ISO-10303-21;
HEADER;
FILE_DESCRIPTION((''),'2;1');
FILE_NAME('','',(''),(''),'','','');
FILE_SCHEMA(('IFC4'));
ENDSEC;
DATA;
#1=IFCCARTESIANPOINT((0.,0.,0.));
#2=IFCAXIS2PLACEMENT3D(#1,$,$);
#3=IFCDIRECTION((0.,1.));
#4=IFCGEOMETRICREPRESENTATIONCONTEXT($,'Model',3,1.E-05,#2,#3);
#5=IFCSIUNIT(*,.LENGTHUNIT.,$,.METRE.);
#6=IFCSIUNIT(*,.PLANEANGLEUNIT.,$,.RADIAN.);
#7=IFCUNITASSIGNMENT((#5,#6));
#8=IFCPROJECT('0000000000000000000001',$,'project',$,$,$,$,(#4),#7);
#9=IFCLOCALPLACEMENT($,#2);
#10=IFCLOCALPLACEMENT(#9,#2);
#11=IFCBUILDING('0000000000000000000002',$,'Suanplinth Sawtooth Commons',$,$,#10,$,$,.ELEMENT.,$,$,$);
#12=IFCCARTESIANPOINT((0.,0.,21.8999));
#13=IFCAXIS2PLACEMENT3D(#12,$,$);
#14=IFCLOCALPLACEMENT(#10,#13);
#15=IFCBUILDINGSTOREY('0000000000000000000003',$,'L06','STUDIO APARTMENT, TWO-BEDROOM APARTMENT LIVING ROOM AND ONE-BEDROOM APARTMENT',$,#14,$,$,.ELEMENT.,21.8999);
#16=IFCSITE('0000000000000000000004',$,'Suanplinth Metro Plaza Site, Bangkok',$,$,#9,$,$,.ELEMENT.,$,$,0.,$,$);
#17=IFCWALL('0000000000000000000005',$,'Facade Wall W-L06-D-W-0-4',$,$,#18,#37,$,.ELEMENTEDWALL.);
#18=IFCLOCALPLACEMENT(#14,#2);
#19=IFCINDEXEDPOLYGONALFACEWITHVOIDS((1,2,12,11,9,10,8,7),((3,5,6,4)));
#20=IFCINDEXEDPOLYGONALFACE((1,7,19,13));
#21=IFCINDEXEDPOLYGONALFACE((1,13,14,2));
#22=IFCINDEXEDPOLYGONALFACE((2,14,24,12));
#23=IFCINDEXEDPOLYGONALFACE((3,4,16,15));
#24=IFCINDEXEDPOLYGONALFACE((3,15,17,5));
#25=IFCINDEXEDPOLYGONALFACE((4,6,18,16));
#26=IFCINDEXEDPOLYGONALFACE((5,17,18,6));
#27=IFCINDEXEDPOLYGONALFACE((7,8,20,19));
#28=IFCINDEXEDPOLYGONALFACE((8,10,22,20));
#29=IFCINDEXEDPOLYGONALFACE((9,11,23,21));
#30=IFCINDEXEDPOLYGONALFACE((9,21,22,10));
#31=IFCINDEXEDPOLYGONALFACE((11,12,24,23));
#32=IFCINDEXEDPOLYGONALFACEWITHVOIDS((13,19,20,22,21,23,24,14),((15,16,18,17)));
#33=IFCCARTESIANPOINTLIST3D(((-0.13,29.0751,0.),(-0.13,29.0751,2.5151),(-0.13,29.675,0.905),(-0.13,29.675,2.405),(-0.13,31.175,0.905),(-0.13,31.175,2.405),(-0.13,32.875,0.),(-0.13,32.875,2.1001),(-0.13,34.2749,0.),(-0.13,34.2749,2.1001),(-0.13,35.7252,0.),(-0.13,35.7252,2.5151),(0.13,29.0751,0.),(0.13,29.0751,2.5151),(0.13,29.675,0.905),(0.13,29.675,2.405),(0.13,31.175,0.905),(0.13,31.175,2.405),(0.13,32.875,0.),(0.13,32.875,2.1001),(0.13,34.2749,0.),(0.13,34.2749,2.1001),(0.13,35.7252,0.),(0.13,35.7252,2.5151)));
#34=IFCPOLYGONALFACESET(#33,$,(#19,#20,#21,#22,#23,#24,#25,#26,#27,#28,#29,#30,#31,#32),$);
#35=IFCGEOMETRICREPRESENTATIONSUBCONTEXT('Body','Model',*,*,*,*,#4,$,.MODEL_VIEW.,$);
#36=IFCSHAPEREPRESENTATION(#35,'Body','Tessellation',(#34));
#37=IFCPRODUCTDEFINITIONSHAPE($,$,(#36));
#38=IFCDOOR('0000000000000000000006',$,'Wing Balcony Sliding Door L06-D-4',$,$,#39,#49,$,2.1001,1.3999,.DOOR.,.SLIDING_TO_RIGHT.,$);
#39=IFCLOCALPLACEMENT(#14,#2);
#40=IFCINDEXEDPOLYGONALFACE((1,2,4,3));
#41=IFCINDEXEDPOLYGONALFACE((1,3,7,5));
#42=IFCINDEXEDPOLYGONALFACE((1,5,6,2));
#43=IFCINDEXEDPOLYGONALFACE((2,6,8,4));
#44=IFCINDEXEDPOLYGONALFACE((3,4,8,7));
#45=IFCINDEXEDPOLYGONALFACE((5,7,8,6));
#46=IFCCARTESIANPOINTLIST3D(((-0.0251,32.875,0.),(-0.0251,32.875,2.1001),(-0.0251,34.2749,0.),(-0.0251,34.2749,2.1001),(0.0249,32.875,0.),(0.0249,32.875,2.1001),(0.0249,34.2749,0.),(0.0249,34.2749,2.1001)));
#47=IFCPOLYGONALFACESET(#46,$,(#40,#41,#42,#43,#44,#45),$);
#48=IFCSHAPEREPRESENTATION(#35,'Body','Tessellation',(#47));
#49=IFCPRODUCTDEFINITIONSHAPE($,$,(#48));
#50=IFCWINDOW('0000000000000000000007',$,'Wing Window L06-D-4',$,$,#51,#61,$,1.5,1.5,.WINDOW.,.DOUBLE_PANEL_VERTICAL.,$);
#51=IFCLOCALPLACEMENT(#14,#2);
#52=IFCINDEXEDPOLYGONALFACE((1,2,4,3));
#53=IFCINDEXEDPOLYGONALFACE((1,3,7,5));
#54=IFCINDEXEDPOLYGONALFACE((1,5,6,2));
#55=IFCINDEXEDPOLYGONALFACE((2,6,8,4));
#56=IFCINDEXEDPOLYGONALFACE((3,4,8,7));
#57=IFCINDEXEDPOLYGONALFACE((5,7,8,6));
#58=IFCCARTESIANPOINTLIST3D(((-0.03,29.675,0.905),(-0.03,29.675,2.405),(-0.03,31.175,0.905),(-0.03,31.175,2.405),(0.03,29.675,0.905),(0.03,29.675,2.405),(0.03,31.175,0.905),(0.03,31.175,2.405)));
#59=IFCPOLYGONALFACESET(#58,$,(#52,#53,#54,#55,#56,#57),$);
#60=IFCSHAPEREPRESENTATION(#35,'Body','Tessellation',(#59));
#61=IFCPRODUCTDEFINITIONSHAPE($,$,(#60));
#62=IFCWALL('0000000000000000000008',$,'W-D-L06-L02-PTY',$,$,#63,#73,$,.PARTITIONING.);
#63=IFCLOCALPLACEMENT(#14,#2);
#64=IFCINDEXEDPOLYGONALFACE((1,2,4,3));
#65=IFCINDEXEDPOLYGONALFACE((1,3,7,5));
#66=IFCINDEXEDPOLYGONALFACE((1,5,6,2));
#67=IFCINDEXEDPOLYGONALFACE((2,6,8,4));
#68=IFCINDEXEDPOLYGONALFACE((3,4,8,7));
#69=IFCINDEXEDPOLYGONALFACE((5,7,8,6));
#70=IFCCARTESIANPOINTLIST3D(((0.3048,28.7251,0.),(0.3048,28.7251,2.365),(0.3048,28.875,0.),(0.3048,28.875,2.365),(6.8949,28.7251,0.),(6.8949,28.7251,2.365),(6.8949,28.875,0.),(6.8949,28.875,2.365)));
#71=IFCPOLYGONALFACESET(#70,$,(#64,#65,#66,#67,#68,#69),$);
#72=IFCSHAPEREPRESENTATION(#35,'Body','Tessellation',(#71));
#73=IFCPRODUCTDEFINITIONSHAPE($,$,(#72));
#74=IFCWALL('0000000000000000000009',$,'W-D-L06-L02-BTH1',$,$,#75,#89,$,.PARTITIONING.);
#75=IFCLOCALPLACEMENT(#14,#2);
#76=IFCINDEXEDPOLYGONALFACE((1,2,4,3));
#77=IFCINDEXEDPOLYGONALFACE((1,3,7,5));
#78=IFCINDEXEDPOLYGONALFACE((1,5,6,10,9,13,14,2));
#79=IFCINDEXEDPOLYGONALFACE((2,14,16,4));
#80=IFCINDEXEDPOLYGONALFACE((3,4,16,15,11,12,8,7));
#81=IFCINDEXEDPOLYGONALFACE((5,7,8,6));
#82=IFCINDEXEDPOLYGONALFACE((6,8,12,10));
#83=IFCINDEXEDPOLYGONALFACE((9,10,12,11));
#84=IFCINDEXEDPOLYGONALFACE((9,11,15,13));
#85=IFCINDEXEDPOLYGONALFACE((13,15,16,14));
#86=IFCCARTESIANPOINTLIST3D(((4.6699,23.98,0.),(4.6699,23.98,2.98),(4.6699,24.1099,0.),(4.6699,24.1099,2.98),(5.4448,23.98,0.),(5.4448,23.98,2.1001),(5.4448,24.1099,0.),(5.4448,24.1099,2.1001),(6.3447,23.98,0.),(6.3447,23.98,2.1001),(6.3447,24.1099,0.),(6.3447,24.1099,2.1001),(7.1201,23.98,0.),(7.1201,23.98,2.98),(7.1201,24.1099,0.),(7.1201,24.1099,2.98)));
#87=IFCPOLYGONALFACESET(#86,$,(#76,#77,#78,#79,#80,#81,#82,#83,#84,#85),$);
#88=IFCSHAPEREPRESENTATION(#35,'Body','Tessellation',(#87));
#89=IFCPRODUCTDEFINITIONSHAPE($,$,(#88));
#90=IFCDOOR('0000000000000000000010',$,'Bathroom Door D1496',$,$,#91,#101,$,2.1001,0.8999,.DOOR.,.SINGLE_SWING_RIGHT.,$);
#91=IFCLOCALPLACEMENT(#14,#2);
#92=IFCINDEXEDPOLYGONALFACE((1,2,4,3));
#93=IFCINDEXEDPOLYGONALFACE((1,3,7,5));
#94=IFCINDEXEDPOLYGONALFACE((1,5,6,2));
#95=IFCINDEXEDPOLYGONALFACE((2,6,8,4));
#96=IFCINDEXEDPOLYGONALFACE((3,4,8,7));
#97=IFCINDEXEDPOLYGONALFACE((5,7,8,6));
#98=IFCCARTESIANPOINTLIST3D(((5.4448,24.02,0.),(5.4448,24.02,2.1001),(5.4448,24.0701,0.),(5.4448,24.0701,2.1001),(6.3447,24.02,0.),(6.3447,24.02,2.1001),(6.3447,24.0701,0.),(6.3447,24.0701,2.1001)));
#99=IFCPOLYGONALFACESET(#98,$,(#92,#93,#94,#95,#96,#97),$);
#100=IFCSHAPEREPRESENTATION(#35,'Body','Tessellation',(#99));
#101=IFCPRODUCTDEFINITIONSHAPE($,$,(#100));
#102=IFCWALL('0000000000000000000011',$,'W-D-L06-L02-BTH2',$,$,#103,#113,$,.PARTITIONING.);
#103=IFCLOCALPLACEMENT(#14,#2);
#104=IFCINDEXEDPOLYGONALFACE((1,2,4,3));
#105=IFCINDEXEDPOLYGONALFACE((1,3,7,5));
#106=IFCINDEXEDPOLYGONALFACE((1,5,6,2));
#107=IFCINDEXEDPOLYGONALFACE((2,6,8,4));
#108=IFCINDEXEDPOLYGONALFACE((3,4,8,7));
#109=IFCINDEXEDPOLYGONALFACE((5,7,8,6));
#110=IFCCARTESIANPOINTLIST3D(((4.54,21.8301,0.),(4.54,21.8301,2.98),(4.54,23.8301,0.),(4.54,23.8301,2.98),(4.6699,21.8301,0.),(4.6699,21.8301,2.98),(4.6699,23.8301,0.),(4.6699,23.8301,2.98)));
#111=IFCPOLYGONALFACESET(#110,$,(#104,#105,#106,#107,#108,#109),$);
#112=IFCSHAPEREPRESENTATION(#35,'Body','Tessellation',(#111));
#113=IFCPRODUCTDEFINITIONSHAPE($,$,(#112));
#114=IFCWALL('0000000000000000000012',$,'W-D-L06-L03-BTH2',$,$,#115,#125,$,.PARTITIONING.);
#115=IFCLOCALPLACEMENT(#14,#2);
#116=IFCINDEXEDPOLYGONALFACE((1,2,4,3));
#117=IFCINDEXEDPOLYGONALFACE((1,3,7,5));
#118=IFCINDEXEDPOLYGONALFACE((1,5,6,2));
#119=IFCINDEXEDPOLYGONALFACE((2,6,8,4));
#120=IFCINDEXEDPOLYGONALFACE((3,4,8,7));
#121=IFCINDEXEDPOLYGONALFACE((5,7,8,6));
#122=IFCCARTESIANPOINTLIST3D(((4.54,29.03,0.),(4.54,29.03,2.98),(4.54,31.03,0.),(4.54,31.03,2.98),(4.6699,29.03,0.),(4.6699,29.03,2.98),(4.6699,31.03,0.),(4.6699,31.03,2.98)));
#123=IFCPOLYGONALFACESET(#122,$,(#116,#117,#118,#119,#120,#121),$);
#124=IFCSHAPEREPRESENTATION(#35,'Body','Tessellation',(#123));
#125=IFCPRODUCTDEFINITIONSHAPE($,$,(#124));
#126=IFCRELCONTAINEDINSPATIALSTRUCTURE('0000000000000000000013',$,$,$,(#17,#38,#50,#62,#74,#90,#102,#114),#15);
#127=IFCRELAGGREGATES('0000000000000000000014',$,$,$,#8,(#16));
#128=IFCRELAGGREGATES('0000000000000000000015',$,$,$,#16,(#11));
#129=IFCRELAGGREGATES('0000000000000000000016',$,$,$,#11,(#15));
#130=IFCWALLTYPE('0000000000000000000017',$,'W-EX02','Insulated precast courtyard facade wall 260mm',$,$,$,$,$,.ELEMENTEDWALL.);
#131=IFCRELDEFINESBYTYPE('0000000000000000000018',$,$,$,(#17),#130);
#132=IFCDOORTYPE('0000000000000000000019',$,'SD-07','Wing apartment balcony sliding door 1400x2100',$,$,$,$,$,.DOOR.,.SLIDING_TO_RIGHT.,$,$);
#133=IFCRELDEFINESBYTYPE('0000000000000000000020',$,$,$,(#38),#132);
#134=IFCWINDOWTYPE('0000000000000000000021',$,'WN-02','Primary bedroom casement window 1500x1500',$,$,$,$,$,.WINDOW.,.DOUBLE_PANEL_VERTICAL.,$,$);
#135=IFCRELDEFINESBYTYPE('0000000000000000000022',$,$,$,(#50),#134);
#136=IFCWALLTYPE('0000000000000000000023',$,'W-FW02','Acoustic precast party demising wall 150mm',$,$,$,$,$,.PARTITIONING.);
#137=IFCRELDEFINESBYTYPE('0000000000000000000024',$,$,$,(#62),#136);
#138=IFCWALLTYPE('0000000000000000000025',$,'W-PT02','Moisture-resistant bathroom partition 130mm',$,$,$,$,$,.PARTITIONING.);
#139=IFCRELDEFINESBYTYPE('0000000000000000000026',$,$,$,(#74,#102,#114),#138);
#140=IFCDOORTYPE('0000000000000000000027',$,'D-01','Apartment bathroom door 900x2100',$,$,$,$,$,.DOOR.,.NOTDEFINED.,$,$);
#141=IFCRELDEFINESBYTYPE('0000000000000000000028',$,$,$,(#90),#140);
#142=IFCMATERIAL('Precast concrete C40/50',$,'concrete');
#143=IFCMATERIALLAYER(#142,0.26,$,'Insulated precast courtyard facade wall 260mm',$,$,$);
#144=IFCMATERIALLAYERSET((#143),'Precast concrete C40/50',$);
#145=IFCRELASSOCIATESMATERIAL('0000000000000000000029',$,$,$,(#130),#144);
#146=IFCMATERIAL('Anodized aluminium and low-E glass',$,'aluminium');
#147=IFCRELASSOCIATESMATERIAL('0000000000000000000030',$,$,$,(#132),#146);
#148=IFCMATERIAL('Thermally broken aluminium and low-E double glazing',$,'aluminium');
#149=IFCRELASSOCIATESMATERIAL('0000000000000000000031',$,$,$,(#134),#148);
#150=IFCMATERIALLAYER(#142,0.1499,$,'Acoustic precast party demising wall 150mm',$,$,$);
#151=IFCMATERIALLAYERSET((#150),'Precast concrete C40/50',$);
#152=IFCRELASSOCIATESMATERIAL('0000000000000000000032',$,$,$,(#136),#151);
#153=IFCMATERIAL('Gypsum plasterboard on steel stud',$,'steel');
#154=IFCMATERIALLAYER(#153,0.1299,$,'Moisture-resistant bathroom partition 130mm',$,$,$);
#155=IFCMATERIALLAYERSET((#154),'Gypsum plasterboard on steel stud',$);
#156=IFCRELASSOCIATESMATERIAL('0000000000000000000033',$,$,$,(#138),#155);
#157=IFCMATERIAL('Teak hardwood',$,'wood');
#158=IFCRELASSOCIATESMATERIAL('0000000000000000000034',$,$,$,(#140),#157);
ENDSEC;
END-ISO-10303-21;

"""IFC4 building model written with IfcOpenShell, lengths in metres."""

from ifc_helpers import new_model, si_unit, direction, frame, frame_2d, origin, place, context, subcontext, project, spatial, rectangle, extrude, material, layer, layer_set, type_object, element, fill, save


model = new_model("IFC4")

# Units and contexts
model_context = context("Model", 3, precision=1e-05, world=origin(), true_north=direction((0.0, 1.0)))
body_context = subcontext(model_context, "Body", "Model", "MODEL_VIEW")
ifc_project = project(units=[si_unit("LENGTHUNIT", "METRE"), si_unit("PLANEANGLEUNIT", "RADIAN")], contexts=[model_context])

# Site, building, storey
site_placement = place(None, origin())
site = spatial("IfcSite", under=ifc_project, at=site_placement, Name="Suanplinth Metro Plaza Site, Bangkok", CompositionType="ELEMENT", RefElevation=0.0)
building_placement = place(site_placement, origin())
building = spatial("IfcBuilding", under=site, at=building_placement, Name="Suanplinth Sawtooth Commons", CompositionType="ELEMENT")
storey_placement = place(building_placement, frame((0.0, 0.0, 21.8999)))
storey = spatial("IfcBuildingStorey", under=building, at=storey_placement, Name="L06", Description="STUDIO APARTMENT, TWO-BEDROOM APARTMENT LIVING ROOM AND ONE-BEDROOM APARTMENT", CompositionType="ELEMENT", Elevation=21.8999)

# Shared definitions
ifc_material_1 = material(Name="Precast concrete C40/50", Category="concrete")

# Wall, openings, door, window
ifc_layer_1 = layer(ifc_material_1, 0.26, Name="Insulated precast courtyard facade wall 260mm")
ifc_layer_set_1 = layer_set([ifc_layer_1], Name="Precast concrete C40/50")
wall_type_1 = type_object("IfcWallType", Name="W-EX02", Description="Insulated precast courtyard facade wall 260mm", PredefinedType="ELEMENTEDWALL", material=ifc_layer_set_1)
ifc_material_2 = material(Name="Anodized aluminium and low-E glass", Category="aluminium")
door_type_1 = type_object("IfcDoorType", Name="SD-07", Description="Wing apartment balcony sliding door 1400x2100", OperationType="SLIDING_TO_RIGHT", PredefinedType="DOOR", material=ifc_material_2)
ifc_material_3 = material(Name="Thermally broken aluminium and low-E double glazing", Category="aluminium")
window_type = type_object("IfcWindowType", Name="WN-02", Description="Primary bedroom casement window 1500x1500", PartitioningType="DOUBLE_PANEL_VERTICAL", PredefinedType="WINDOW", material=ifc_material_3)
wall_1_placement = place(storey_placement, frame((0.0, 29.075, 0.0), z_axis=(0.0, 0.0, 1.0), x_axis=(0.0, 1.0, 0.0)))
wall_1 = element("IfcWall", 1, at=wall_1_placement, inside=storey, type_object=wall_type_1, Name="Facade Wall W-L06-D-W-0-4", PredefinedType="ELEMENTEDWALL", context=body_context, shape_type="SweptSolid", body=[
    extrude(rectangle(XDim=6.6501, YDim=0.26, at=frame_2d((3.3252, 0.0))), origin(), (0.0, 0.0, 1.0), 2.5151),
])
opening_1_placement = place(wall_1_placement, frame((3.8, 0.0, 0.0)))
opening_1 = element("IfcOpeningElement", 2, at=opening_1_placement, cuts=wall_1, PredefinedType="OPENING", context=body_context, shape_type="SweptSolid", body=[
    extrude(rectangle(XDim=1.3999, YDim=2.1001, at=frame_2d((0.7, 1.05))), frame((0.0, 0.145, 0.0), z_axis=(0.0, -1.0, 0.0), x_axis=(1.0, 0.0, 0.0)), (0.0, 0.0, 1.0), 0.2898),
])
opening_2_placement = place(wall_1_placement, frame((0.6001, 0.0, 0.905)))
opening_2 = element("IfcOpeningElement", 3, at=opening_2_placement, cuts=wall_1, PredefinedType="OPENING", context=body_context, shape_type="SweptSolid", body=[
    extrude(rectangle(XDim=1.5, YDim=1.5, at=frame_2d((0.75, 0.75))), frame((0.0, 0.145, 0.0), z_axis=(0.0, -1.0, 0.0), x_axis=(1.0, 0.0, 0.0)), (0.0, 0.0, 1.0), 0.2898),
])
door_1_placement = place(opening_1_placement, frame((1.3999, 0.0, 0.0), z_axis=(0.0, 0.0, 1.0), x_axis=(-1.0, 0.0, 0.0)))
door_1 = element("IfcDoor", 4, at=door_1_placement, inside=storey, type_object=door_type_1, Name="Wing Balcony Sliding Door L06-D-4", OperationType="SLIDING_TO_RIGHT", OverallHeight=2.1001, OverallWidth=1.3999, PredefinedType="DOOR", context=body_context, shape_type="SweptSolid", body=[
    extrude(rectangle(XDim=1.3999, YDim=2.1001, at=frame_2d((0.7, 1.05))), frame((0.0, 0.0249, 0.0), z_axis=(0.0, -1.0, 0.0), x_axis=(1.0, 0.0, 0.0)), (0.0, 0.0, 1.0), 0.05),
])
fill(opening_1, door_1)
window_1_placement = place(opening_2_placement, origin())
window_1 = element("IfcWindow", 5, at=window_1_placement, inside=storey, type_object=window_type, Name="Wing Window L06-D-4", OverallHeight=1.5, OverallWidth=1.5, PartitioningType="DOUBLE_PANEL_VERTICAL", PredefinedType="WINDOW", context=body_context, shape_type="SweptSolid", body=[
    extrude(rectangle(XDim=1.5, YDim=1.5, at=frame_2d((0.75, 0.75))), frame((0.0, 0.03, 0.0), z_axis=(0.0, -1.0, 0.0), x_axis=(1.0, 0.0, 0.0)), (0.0, 0.0, 1.0), 0.0601),
])
fill(opening_2, window_1)

# Wall
ifc_layer_2 = layer(ifc_material_1, 0.1499, Name="Acoustic precast party demising wall 150mm")
ifc_layer_set_2 = layer_set([ifc_layer_2], Name="Precast concrete C40/50")
wall_type_2 = type_object("IfcWallType", Name="W-FW02", Description="Acoustic precast party demising wall 150mm", PredefinedType="PARTITIONING", material=ifc_layer_set_2)
wall_2_placement = place(storey_placement, frame((0.3049, 28.8, 0.0), z_axis=(0.0, 0.0, 1.0), x_axis=(1.0, 0.0, 0.0)))
element("IfcWall", 6, at=wall_2_placement, inside=storey, type_object=wall_type_2, Name="W-D-L06-L02-PTY", PredefinedType="PARTITIONING", context=body_context, shape_type="SweptSolid", body=[
    extrude(rectangle(XDim=6.5901, YDim=0.1499, at=frame_2d((3.2949, 0.0))), origin(), (0.0, 0.0, 1.0), 2.365),
])

# Wall, opening, door
ifc_material_4 = material(Name="Gypsum plasterboard on steel stud", Category="steel")
ifc_layer_3 = layer(ifc_material_4, 0.1299, Name="Moisture-resistant bathroom partition 130mm")
ifc_layer_set_3 = layer_set([ifc_layer_3], Name="Gypsum plasterboard on steel stud")
wall_type_3 = type_object("IfcWallType", Name="W-PT02", Description="Moisture-resistant bathroom partition 130mm", PredefinedType="PARTITIONING", material=ifc_layer_set_3)
wall_3_placement = place(storey_placement, frame((4.6699, 24.0449, 0.0), z_axis=(0.0, 0.0, 1.0), x_axis=(1.0, 0.0, 0.0)))
wall_3 = element("IfcWall", 7, at=wall_3_placement, inside=storey, type_object=wall_type_3, Name="W-D-L06-L02-BTH1", PredefinedType="PARTITIONING", context=body_context, shape_type="SweptSolid", body=[
    extrude(rectangle(XDim=2.4502, YDim=0.1299, at=frame_2d((1.2251, 0.0))), origin(), (0.0, 0.0, 1.0), 2.98),
])
opening_3_placement = place(wall_3_placement, frame((0.7749, 0.0, 0.0)))
opening_3 = element("IfcOpeningElement", 8, at=opening_3_placement, cuts=wall_3, PredefinedType="OPENING", context=body_context, shape_type="SweptSolid", body=[
    extrude(rectangle(XDim=0.8999, YDim=2.1001, at=frame_2d((0.45, 1.05))), frame((0.0, 0.0798, 0.0), z_axis=(0.0, -1.0, 0.0), x_axis=(1.0, 0.0, 0.0)), (0.0, 0.0, 1.0), 0.1597),
])
ifc_material_5 = material(Name="Teak hardwood", Category="wood")
door_type_2 = type_object("IfcDoorType", Name="D-01", Description="Apartment bathroom door 900x2100", OperationType="NOTDEFINED", PredefinedType="DOOR", material=ifc_material_5)
door_2_placement = place(opening_3_placement, frame((0.8999, 0.0, 0.0), z_axis=(0.0, 0.0, 1.0), x_axis=(-1.0, 0.0, 0.0)))
door_2 = element("IfcDoor", 9, at=door_2_placement, inside=storey, type_object=door_type_2, Name="Bathroom Door D1496", OperationType="SINGLE_SWING_RIGHT", OverallHeight=2.1001, OverallWidth=0.8999, PredefinedType="DOOR", context=body_context, shape_type="SweptSolid", body=[
    extrude(rectangle(XDim=0.8999, YDim=2.1001, at=frame_2d((0.45, 1.05))), frame((0.0, 0.0249, 0.0), z_axis=(0.0, -1.0, 0.0), x_axis=(1.0, 0.0, 0.0)), (0.0, 0.0, 1.0), 0.05),
])
fill(opening_3, door_2)

# Walls
for number, where, z_axis, x_axis, name in (
    (10, (4.605, 21.8301, 0.0), (0.0, 0.0, 1.0), (0.0, 1.0, 0.0), "W-D-L06-L02-BTH2"),
    (11, (4.605, 29.03, 0.0), (0.0, 0.0, 1.0), (0.0, 1.0, 0.0), "W-D-L06-L03-BTH2"),
):
    element("IfcWall", number, at=place(storey_placement, frame(where, z_axis=z_axis, x_axis=x_axis)), inside=storey, type_object=wall_type_3, Name=name, PredefinedType="PARTITIONING", context=body_context, shape_type="SweptSolid", body=[
        extrude(rectangle(XDim=2.0, YDim=0.1299, at=frame_2d((1.0, 0.0))), origin(), (0.0, 0.0, 1.0), 2.98),
    ])

save(model, "model.ifc")
